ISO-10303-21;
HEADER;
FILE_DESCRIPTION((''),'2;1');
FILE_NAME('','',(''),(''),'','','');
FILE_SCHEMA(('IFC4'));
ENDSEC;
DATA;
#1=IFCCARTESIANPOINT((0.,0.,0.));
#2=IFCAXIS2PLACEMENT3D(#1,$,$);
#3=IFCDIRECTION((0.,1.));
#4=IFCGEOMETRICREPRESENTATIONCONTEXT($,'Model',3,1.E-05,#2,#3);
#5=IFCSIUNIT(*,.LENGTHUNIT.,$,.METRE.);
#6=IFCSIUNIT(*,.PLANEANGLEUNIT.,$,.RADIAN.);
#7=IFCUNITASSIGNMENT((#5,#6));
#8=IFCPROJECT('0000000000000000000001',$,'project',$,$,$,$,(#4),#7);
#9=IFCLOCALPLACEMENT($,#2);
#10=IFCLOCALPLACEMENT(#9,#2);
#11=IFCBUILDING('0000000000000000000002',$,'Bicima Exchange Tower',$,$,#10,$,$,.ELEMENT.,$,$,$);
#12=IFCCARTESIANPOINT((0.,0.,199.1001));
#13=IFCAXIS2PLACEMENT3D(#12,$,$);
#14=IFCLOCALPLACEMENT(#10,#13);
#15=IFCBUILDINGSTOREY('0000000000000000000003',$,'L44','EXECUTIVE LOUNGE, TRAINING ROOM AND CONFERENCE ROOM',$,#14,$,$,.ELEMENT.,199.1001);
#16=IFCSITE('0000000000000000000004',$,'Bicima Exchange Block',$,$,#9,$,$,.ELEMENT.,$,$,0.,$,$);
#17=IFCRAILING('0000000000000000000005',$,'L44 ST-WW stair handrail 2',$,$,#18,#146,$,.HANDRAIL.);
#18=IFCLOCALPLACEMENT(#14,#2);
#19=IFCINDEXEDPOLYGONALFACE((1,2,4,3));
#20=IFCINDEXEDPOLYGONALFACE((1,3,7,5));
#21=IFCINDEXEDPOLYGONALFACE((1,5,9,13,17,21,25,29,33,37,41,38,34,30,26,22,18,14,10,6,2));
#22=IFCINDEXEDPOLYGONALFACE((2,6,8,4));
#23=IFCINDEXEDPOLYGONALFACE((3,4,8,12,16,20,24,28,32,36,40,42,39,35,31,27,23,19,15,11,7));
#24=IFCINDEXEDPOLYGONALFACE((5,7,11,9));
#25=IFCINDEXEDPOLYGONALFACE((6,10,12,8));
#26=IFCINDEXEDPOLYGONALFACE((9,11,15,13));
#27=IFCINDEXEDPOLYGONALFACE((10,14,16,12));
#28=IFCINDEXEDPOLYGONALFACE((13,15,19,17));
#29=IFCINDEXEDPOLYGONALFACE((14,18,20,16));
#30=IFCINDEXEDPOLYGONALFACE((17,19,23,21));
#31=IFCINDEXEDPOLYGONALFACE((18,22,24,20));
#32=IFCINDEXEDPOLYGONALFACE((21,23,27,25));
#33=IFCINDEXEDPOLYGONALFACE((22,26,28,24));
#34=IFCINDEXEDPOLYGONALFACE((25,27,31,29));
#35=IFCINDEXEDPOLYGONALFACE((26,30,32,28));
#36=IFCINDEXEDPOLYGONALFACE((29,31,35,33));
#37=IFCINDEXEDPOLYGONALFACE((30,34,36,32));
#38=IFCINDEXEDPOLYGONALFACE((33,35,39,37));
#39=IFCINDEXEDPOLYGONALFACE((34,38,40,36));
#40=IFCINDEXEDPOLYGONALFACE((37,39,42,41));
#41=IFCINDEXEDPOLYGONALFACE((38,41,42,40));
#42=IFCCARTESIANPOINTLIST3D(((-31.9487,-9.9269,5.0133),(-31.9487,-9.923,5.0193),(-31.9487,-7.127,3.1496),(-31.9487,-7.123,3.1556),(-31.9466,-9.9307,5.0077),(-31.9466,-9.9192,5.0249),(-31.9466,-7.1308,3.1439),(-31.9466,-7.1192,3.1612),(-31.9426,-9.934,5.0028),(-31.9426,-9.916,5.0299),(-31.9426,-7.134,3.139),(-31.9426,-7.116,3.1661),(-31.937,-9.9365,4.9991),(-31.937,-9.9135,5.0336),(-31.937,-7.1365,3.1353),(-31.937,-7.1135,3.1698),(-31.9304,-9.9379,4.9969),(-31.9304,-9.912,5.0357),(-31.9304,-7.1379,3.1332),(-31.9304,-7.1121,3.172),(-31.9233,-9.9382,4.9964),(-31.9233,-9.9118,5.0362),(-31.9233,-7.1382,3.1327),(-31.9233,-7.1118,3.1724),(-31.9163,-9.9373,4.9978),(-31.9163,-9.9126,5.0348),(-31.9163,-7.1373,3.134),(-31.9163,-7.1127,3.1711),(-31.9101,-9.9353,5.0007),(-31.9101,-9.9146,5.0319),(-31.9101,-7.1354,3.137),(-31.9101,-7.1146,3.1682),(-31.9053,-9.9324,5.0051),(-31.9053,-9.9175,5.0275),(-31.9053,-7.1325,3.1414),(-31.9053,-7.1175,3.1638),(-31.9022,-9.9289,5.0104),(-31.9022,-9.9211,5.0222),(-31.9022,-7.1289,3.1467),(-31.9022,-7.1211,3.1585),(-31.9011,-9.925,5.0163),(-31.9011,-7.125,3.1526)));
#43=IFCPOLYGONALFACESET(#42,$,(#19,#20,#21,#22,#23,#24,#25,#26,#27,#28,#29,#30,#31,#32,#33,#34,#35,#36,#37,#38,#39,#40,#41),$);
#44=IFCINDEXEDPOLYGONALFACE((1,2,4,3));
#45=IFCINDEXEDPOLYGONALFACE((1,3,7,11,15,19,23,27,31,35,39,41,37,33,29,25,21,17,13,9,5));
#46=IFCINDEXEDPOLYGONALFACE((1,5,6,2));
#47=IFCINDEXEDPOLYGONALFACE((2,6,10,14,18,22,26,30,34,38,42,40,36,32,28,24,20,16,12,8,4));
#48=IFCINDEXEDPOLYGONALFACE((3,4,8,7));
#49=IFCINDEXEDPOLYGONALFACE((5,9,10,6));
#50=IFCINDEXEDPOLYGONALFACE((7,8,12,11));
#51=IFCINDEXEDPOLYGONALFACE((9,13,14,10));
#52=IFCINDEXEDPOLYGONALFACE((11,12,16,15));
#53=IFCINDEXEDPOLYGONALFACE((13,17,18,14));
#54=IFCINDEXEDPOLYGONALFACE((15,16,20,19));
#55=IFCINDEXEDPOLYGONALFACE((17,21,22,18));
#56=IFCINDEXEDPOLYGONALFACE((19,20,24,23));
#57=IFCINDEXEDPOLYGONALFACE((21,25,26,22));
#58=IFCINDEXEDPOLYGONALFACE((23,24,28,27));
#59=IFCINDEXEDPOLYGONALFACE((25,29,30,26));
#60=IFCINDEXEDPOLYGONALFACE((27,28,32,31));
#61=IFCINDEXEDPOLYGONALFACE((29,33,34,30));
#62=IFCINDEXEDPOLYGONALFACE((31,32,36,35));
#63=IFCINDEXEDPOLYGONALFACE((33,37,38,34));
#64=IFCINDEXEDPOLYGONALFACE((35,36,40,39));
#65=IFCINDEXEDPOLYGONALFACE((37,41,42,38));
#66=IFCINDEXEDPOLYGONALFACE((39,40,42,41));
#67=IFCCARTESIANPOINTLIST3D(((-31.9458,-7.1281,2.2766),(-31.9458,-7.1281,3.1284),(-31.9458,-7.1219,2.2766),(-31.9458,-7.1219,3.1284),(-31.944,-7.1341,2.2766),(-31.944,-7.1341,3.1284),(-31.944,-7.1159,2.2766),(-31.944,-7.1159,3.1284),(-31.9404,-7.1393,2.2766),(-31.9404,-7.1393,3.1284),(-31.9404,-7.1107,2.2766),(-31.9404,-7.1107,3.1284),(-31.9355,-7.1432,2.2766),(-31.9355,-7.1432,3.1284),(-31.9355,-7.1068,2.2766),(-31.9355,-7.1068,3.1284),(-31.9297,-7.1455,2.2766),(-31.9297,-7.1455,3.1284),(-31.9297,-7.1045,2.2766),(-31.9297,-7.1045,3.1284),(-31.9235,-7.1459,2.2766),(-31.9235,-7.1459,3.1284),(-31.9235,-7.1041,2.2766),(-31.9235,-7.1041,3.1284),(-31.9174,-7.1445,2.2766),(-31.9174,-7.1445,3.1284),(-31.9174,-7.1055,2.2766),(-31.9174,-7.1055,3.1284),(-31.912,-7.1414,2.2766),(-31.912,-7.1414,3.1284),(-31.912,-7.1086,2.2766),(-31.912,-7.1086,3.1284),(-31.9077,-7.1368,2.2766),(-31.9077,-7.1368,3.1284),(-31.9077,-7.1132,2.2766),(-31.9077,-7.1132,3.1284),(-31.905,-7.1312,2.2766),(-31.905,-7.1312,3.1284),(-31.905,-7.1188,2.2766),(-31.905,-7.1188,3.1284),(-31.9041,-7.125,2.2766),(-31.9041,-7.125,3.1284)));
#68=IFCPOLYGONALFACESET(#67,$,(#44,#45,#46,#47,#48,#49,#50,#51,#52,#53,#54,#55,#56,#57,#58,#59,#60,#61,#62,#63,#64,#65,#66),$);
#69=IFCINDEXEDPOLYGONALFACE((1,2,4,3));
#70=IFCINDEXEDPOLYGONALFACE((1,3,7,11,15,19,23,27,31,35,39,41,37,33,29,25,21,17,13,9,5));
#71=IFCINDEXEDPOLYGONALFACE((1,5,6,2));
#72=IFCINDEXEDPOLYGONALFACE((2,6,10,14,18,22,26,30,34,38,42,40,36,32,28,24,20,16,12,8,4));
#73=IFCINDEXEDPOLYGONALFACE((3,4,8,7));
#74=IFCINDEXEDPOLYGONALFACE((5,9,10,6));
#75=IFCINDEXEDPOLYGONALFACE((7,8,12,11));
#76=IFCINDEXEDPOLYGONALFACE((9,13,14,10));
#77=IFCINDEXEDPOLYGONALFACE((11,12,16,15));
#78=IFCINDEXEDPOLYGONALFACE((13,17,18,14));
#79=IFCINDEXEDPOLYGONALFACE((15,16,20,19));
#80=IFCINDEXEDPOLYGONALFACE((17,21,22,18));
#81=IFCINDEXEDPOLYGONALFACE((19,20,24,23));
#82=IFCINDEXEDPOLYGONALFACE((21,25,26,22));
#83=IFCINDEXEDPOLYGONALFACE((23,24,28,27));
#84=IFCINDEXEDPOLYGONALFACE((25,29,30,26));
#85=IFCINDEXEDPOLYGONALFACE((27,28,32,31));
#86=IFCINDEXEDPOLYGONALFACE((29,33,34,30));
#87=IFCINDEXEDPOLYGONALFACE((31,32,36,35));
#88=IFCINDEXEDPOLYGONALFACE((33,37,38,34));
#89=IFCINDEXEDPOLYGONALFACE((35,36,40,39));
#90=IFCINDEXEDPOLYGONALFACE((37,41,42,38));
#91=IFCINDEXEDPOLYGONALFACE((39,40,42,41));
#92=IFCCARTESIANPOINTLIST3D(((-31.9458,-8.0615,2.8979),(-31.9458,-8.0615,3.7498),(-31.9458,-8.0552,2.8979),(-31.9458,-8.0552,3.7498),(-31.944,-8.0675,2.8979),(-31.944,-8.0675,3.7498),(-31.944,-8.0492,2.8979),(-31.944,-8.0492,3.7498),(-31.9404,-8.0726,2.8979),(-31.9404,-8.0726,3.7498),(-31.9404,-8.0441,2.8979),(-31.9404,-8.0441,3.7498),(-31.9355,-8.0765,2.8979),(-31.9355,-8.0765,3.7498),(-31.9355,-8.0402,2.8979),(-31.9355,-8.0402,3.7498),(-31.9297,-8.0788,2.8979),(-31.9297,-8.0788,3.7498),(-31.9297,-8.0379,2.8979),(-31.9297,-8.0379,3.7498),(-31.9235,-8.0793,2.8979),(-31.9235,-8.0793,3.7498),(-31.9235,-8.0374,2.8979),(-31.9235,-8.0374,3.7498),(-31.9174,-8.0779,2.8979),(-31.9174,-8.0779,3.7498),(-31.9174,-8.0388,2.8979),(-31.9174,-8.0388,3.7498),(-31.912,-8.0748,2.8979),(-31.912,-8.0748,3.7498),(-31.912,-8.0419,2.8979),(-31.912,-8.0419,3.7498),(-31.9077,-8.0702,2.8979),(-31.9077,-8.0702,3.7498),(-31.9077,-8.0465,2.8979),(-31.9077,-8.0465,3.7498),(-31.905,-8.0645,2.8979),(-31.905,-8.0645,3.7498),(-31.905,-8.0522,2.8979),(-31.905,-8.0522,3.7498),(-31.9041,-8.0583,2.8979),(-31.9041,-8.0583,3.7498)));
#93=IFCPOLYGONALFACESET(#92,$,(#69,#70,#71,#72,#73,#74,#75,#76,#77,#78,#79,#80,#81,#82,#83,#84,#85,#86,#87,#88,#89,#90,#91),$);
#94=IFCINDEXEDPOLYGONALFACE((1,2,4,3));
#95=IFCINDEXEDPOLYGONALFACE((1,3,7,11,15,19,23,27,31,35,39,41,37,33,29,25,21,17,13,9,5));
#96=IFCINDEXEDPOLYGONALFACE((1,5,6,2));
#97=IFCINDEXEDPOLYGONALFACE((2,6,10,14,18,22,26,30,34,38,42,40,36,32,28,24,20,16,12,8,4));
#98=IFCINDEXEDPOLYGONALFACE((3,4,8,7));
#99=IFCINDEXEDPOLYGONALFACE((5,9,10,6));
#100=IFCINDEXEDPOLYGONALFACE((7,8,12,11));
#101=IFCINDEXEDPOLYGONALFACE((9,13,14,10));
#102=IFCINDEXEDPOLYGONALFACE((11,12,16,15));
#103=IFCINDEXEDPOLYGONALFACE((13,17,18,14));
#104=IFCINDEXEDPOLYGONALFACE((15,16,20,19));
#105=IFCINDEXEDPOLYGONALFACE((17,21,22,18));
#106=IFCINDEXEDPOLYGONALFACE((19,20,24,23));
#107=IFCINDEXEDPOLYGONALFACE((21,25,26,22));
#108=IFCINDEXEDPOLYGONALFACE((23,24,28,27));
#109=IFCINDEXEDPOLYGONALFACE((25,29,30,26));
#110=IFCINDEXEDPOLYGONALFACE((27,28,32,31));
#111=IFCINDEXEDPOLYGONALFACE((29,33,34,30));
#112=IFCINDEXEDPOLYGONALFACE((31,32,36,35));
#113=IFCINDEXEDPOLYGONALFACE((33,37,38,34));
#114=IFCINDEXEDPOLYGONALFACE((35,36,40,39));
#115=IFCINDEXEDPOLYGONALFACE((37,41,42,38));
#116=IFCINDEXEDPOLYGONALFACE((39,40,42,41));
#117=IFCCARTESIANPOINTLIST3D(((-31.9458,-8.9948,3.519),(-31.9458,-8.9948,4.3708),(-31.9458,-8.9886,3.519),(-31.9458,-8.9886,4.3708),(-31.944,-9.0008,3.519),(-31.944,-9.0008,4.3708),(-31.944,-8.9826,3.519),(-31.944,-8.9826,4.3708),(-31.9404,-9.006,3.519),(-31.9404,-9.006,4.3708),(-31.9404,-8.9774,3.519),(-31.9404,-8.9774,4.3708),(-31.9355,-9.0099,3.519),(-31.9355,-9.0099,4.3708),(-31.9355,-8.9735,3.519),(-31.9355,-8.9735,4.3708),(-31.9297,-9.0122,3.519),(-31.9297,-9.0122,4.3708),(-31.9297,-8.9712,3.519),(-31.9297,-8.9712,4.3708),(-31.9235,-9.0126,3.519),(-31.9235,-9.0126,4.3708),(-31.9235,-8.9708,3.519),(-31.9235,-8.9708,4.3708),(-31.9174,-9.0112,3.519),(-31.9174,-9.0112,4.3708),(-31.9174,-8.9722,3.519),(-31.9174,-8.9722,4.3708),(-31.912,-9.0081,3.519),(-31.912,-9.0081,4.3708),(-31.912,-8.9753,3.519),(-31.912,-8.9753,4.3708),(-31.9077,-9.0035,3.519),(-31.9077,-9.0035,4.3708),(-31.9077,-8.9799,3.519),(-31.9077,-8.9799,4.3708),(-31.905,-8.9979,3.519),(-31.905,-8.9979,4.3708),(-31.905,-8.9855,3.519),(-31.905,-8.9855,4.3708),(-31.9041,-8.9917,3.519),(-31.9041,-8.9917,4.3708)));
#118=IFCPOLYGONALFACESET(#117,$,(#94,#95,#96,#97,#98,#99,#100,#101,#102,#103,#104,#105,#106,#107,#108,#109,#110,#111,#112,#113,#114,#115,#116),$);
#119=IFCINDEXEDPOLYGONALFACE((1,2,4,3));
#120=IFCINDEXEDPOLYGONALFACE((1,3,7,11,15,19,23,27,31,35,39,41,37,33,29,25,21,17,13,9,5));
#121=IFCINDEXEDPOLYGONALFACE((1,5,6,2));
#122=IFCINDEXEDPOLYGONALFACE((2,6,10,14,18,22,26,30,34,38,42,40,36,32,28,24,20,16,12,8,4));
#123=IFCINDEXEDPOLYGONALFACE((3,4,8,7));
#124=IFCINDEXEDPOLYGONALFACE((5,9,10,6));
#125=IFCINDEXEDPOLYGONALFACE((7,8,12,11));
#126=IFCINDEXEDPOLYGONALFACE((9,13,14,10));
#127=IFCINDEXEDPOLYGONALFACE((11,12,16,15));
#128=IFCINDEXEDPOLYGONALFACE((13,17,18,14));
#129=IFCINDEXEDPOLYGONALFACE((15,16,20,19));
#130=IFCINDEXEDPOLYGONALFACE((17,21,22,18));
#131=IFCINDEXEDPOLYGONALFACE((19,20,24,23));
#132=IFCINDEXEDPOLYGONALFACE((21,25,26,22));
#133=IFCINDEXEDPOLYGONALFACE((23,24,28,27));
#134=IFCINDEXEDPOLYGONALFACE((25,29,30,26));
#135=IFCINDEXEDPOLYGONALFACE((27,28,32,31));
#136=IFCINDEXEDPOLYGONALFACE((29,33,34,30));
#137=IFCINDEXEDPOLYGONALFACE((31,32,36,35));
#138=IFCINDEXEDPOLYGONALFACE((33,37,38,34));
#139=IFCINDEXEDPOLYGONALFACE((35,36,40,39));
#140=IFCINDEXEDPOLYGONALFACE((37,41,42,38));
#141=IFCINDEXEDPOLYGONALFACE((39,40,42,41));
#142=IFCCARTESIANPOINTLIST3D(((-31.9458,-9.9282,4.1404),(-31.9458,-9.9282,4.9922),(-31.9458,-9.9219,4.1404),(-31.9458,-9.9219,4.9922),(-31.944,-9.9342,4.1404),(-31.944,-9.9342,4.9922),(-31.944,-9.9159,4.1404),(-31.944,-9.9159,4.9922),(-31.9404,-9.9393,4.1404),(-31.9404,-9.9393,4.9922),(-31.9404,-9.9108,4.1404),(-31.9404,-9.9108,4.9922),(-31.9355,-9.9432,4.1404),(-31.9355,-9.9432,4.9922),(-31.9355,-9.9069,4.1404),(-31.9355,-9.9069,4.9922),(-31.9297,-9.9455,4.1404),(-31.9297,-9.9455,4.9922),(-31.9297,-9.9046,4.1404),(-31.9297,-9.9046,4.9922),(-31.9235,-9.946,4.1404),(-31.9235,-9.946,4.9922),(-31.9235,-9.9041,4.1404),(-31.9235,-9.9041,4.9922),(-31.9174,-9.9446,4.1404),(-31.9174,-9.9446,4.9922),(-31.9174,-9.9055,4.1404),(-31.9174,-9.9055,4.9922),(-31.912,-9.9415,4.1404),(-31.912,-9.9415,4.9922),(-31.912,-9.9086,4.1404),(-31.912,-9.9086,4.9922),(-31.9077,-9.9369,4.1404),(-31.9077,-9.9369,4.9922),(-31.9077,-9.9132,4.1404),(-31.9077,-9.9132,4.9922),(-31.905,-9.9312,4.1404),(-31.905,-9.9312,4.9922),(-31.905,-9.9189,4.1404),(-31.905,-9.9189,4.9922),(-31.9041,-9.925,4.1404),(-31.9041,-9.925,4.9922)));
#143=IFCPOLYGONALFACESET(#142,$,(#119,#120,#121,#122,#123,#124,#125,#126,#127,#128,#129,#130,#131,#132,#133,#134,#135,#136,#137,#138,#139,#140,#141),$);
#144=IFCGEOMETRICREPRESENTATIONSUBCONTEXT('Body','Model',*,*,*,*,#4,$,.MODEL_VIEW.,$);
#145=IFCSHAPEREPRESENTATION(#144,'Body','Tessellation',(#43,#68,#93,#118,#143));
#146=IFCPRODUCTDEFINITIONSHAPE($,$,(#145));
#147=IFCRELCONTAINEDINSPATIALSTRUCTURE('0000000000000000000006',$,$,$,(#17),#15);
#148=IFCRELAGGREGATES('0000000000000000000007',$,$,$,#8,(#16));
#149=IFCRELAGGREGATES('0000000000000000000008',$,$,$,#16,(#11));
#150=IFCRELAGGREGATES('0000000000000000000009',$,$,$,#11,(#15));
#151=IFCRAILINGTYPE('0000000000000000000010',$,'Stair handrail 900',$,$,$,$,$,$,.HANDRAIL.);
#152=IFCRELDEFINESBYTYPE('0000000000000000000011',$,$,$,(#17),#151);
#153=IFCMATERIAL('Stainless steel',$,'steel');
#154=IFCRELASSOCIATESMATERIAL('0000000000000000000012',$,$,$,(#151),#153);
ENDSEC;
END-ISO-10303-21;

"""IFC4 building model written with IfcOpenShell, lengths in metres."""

from ifc_helpers import new_model, si_unit, direction, frame, origin, origin_2d, place, context, subcontext, project, spatial, circle, extrude, material, type_object, element, save


model = new_model("IFC4")

# Units and contexts
model_context = context("Model", 3, precision=1e-05, world=origin(), true_north=direction((0.0, 1.0)))
body_context = subcontext(model_context, "Body", "Model", "MODEL_VIEW")
ifc_project = project(units=[si_unit("LENGTHUNIT", "METRE"), si_unit("PLANEANGLEUNIT", "RADIAN")], contexts=[model_context])

# Site, building, storey
site_placement = place(None, origin())
site = spatial("IfcSite", under=ifc_project, at=site_placement, Name="Bicima Exchange Block", CompositionType="ELEMENT", RefElevation=0.0)
building_placement = place(site_placement, origin())
building = spatial("IfcBuilding", under=site, at=building_placement, Name="Bicima Exchange Tower", CompositionType="ELEMENT")
storey_placement = place(building_placement, frame((0.0, 0.0, 199.1001)))
storey = spatial("IfcBuildingStorey", under=building, at=storey_placement, Name="L44", Description="EXECUTIVE LOUNGE, TRAINING ROOM AND CONFERENCE ROOM", CompositionType="ELEMENT", Elevation=199.1001)

# Railing
ifc_material_1 = material(Name="Stainless steel", Category="steel")
railing_type = type_object("IfcRailingType", Name="Stair handrail 900", PredefinedType="HANDRAIL", material=ifc_material_1)
railing_placement = place(storey_placement, frame((-31.925, -7.125, 2.2766)))
element("IfcRailing", 1, at=railing_placement, inside=storey, type_object=railing_type, Name="L44 ST-WW stair handrail 2", PredefinedType="HANDRAIL", context=body_context, shape_type="SweptSolid", body=[
    extrude(circle(Radius=0.0239, at=origin_2d()), frame((0.0, 0.0, 0.876), z_axis=(0.0, -0.832452, 0.554097), x_axis=(1.0, 0.0, 0.0)), (0.0, 0.0, 1.0), 3.3635),
    extrude(circle(Radius=0.021, at=origin_2d()), origin(), (0.0, 0.0, 1.0), 0.8518),
    extrude(circle(Radius=0.021, at=origin_2d()), frame((0.0, -0.9333, 0.6213)), (0.0, 0.0, 1.0), 0.8518),
    extrude(circle(Radius=0.021, at=origin_2d()), frame((0.0, -1.8667, 1.2424)), (0.0, 0.0, 1.0), 0.8518),
    extrude(circle(Radius=0.021, at=origin_2d()), frame((0.0, -2.8, 1.8638)), (0.0, 0.0, 1.0), 0.8518),
])

save(model, "model.ifc")
